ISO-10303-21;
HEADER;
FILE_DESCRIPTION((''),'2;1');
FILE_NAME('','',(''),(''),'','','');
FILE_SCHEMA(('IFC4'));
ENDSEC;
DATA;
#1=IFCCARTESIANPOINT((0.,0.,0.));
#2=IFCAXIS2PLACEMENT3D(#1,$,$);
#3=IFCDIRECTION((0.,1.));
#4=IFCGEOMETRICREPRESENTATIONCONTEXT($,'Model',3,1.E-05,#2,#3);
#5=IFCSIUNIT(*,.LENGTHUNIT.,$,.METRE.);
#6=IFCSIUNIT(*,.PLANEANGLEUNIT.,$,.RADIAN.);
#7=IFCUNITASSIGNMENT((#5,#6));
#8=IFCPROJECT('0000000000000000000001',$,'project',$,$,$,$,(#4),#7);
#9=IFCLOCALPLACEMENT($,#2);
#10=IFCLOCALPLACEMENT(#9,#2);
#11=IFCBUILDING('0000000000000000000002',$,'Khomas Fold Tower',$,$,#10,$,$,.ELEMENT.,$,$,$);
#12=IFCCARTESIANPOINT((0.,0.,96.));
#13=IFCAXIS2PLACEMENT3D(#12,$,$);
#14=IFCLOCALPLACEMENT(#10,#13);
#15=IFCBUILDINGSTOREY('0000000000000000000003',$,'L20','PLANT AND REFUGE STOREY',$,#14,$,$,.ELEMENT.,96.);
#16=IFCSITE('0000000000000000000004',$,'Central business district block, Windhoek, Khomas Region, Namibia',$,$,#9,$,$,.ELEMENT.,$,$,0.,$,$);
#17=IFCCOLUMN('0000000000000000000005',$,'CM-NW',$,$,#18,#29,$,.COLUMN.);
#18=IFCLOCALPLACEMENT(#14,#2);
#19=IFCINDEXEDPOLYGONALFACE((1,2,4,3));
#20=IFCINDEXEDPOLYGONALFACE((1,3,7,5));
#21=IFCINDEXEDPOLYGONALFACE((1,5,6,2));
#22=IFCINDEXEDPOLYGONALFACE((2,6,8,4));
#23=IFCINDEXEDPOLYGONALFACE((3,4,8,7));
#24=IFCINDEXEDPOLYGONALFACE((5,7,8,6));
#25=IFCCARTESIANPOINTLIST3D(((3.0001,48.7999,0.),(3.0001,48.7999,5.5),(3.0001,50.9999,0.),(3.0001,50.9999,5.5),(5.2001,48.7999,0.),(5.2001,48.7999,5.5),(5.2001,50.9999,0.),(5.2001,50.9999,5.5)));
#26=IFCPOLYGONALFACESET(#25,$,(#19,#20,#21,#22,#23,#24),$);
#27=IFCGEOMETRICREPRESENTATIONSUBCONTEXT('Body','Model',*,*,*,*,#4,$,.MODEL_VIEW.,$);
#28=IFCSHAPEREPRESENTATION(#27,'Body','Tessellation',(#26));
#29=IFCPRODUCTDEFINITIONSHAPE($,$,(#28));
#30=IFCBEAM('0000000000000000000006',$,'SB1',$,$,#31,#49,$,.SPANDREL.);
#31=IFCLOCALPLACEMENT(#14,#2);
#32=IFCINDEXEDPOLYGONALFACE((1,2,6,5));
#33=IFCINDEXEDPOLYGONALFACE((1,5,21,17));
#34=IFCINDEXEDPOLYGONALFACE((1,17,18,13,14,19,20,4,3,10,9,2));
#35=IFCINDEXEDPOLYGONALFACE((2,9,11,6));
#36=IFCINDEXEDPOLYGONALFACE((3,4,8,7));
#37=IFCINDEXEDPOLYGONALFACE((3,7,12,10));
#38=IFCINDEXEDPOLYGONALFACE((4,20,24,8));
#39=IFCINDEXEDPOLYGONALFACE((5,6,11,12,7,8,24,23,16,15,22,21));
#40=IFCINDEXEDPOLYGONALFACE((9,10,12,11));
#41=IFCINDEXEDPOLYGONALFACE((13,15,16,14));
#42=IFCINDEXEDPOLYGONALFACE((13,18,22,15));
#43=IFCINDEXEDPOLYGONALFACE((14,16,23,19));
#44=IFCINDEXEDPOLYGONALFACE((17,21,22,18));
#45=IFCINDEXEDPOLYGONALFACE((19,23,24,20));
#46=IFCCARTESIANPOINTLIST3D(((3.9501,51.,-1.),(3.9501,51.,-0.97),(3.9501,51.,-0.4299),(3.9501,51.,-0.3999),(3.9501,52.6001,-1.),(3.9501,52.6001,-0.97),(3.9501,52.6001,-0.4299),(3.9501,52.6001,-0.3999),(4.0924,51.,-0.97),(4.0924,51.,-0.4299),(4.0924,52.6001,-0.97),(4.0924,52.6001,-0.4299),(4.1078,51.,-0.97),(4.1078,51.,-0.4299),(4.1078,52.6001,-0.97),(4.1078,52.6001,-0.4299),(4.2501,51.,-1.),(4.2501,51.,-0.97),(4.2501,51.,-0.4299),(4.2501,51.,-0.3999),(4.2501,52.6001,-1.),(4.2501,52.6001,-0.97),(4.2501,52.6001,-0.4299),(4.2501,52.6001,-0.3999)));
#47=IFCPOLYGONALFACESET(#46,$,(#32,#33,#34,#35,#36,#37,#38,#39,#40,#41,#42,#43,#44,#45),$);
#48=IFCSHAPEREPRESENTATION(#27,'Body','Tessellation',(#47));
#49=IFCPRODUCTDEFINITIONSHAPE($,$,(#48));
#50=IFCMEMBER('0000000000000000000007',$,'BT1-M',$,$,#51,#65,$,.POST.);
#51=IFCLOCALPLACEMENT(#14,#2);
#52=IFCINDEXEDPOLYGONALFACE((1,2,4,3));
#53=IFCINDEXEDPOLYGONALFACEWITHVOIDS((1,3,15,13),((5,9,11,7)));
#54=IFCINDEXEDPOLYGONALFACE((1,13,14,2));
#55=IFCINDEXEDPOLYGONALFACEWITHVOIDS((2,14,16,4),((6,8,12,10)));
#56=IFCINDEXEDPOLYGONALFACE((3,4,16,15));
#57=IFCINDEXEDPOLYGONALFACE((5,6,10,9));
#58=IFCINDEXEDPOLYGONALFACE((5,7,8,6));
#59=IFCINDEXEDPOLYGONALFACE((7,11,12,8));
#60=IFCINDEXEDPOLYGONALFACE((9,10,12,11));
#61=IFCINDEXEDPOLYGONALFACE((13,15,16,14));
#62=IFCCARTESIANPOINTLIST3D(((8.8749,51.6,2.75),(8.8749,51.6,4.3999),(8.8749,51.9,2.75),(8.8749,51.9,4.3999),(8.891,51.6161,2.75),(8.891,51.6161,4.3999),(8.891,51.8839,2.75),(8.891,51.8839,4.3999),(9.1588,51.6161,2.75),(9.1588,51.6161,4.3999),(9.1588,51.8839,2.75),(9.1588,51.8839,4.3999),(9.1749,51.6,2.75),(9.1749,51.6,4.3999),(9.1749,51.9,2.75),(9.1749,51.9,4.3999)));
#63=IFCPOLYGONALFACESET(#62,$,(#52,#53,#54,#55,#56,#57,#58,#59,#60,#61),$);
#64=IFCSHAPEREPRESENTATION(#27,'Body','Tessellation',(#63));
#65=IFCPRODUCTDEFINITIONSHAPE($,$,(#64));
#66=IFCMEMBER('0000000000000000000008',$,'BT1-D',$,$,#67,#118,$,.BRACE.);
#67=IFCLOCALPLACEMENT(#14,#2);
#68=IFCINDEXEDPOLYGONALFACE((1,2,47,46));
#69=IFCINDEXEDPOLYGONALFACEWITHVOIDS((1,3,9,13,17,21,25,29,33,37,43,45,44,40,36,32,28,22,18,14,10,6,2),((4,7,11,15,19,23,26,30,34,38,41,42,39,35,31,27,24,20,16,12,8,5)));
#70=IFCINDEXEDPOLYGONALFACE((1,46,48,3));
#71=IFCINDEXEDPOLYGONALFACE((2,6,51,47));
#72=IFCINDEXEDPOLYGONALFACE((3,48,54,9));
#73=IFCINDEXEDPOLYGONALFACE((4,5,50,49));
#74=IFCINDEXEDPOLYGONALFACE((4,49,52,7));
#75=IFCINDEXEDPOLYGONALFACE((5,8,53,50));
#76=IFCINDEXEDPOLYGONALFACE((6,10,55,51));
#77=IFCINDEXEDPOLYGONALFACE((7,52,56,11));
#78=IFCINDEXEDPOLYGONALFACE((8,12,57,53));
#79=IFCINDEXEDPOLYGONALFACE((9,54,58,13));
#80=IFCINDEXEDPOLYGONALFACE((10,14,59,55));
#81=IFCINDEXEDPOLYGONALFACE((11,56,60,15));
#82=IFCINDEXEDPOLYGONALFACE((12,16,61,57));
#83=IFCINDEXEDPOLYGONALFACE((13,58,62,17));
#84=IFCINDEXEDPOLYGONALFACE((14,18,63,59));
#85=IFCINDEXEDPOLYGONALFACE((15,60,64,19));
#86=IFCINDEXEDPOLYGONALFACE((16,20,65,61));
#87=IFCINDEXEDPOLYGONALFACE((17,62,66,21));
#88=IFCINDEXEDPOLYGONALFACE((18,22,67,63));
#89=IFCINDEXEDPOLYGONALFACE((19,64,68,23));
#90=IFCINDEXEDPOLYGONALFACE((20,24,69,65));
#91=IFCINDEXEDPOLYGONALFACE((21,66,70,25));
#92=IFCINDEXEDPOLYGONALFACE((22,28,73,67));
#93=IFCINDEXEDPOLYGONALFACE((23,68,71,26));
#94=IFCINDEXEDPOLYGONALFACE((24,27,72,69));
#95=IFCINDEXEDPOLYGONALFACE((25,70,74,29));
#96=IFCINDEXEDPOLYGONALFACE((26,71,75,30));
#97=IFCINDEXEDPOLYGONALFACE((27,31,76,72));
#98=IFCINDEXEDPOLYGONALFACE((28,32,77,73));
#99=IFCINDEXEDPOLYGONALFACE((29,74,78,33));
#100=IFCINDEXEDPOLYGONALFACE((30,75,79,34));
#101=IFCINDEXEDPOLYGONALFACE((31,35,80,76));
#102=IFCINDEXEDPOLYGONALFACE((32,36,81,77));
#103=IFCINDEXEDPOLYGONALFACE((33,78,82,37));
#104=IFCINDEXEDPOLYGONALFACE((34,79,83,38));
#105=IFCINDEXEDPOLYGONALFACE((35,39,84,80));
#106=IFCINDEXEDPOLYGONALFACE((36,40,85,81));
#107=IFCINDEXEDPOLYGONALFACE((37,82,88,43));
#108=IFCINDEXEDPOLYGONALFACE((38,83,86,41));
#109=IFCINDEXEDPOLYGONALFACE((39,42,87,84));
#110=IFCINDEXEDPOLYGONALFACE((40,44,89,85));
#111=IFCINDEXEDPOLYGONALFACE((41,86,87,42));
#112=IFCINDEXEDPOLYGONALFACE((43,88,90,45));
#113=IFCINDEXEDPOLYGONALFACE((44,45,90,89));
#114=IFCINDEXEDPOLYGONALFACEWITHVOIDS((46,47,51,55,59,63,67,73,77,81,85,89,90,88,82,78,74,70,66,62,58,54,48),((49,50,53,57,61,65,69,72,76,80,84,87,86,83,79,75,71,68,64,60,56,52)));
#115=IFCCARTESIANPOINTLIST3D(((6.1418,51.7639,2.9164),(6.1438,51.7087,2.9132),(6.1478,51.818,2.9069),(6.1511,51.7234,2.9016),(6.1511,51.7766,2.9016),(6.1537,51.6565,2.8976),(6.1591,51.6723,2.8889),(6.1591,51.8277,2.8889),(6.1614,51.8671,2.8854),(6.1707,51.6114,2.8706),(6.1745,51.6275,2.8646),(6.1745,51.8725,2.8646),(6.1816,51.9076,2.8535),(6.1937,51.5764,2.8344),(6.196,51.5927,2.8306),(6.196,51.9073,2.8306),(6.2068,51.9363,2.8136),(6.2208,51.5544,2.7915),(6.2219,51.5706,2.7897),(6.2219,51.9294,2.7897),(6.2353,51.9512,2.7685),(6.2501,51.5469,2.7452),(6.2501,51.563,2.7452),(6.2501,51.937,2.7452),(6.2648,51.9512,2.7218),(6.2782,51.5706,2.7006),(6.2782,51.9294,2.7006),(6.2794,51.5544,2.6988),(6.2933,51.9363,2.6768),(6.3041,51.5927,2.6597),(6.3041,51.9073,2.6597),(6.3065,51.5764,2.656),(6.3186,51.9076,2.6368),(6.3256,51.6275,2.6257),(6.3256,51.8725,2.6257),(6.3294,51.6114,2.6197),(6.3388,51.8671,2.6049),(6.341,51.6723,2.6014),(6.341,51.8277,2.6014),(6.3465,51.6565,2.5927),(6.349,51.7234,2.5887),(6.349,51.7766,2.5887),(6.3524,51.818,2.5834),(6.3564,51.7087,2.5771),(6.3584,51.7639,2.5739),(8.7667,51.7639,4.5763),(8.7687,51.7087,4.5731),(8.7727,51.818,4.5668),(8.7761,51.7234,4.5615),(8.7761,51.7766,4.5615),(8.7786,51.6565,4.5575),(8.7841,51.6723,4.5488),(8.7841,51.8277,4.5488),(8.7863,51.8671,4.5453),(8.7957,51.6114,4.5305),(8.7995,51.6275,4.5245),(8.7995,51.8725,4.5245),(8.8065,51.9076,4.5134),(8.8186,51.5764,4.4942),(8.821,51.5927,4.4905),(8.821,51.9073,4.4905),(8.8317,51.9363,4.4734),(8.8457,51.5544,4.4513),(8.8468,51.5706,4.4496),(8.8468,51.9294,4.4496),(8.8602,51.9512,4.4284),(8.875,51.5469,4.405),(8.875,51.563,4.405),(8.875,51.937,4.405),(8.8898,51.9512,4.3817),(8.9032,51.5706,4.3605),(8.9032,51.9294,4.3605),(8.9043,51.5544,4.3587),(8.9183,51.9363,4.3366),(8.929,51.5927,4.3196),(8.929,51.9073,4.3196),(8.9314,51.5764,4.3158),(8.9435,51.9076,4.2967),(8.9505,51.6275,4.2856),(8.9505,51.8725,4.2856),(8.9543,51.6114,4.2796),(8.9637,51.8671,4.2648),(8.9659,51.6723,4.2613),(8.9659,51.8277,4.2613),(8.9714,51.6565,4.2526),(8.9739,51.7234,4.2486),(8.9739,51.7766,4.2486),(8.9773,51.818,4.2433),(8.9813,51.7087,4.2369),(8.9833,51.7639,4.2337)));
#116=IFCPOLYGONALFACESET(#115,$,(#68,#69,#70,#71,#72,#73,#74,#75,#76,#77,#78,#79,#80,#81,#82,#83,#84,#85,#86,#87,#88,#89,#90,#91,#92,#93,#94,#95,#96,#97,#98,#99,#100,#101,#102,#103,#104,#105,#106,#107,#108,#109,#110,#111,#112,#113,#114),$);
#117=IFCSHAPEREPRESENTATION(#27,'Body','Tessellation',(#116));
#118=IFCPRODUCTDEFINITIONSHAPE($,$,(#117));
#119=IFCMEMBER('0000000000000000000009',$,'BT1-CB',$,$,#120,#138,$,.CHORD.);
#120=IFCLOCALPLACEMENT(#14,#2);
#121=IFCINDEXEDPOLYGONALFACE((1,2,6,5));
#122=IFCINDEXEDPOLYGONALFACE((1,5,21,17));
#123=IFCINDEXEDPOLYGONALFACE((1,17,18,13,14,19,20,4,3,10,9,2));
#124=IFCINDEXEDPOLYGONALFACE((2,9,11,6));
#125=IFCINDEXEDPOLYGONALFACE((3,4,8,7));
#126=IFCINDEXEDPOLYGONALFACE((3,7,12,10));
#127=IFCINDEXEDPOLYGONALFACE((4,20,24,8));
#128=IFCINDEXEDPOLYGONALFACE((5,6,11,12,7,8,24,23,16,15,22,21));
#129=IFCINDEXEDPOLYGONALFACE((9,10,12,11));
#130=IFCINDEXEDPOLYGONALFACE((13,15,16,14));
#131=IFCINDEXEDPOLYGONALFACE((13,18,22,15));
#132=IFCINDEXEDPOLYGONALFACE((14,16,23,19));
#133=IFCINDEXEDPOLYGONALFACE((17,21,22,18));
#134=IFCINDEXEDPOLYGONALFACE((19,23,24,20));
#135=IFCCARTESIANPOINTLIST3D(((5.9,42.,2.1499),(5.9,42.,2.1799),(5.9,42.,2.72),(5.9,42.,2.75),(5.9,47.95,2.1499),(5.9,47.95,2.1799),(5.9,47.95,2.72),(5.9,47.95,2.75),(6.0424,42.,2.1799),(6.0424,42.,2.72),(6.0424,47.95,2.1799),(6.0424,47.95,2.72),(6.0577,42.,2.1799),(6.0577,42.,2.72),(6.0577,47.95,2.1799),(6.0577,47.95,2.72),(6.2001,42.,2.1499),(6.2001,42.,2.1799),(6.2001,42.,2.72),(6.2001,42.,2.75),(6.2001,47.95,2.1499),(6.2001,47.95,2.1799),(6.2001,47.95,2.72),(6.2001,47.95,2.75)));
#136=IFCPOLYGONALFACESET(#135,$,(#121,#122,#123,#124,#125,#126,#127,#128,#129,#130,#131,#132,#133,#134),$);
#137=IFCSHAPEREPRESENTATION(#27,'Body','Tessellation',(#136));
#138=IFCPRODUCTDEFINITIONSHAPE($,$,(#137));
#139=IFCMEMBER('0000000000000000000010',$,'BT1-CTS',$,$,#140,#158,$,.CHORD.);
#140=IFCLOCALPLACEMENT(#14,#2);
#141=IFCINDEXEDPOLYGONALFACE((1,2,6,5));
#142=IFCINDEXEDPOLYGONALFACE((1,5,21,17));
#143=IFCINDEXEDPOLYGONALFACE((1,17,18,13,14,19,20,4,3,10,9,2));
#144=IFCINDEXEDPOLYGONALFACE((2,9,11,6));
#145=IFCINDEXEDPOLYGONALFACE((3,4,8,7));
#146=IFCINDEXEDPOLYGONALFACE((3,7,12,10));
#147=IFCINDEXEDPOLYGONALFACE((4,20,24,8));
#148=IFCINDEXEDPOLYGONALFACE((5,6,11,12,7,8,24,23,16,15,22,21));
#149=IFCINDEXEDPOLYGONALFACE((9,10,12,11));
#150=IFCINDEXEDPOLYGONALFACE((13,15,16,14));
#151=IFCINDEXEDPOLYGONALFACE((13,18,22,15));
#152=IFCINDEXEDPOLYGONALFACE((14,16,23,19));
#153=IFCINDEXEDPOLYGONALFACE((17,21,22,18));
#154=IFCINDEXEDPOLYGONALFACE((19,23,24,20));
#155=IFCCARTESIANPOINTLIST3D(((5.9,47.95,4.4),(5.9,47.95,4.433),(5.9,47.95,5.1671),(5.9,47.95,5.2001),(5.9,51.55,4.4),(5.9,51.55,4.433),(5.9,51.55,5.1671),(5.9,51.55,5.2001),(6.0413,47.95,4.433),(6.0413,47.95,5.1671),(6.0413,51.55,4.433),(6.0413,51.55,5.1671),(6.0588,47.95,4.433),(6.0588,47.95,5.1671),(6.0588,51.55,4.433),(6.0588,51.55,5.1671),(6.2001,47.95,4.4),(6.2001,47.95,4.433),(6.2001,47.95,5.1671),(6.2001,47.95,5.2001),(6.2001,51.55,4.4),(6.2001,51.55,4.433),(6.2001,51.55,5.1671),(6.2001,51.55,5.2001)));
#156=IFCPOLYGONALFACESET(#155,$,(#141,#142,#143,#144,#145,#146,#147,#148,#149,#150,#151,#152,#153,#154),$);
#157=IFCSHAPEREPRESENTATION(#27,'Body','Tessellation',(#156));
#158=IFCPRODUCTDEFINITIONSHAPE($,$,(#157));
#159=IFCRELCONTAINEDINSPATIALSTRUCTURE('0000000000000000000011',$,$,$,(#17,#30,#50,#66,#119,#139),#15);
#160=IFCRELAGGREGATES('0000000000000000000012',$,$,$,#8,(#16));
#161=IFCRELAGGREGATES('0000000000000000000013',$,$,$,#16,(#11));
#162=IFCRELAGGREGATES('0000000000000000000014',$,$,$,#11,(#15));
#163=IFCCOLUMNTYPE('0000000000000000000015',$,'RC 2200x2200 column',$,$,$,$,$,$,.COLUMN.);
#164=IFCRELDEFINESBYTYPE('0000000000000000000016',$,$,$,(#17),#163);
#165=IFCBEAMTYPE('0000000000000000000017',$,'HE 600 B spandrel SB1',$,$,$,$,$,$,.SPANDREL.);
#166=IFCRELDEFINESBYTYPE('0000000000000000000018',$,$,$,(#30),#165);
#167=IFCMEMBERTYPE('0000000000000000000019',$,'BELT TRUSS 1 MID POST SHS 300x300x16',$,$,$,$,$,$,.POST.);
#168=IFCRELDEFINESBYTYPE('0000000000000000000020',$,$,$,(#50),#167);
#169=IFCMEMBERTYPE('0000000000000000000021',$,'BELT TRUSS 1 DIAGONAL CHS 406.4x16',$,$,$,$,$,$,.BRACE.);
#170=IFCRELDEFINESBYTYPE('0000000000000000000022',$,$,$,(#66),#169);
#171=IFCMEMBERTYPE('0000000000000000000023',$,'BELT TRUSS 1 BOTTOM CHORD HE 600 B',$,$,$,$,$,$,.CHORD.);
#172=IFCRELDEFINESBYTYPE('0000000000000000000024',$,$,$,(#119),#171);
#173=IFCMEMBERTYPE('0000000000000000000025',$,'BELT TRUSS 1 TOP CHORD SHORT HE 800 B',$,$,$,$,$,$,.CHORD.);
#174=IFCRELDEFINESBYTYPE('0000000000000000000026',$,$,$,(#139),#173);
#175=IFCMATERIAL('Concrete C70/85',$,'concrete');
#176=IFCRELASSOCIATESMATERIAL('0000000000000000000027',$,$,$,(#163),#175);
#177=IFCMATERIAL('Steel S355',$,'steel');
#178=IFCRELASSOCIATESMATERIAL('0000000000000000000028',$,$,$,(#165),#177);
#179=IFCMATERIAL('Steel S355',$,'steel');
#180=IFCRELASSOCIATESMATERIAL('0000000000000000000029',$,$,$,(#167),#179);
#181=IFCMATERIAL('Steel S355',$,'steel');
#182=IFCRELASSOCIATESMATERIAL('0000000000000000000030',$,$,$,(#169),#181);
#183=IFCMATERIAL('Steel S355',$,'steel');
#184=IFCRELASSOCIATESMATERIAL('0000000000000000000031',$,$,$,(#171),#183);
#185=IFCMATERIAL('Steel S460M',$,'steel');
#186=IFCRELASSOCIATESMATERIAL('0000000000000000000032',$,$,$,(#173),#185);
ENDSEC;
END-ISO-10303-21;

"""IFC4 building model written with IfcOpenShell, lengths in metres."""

from ifc_helpers import new_model, si_unit, direction, frame, origin, origin_2d, place, context, subcontext, project, spatial, rectangle, hollow_rectangle, hollow_circle, i_section, extrude, source, transform, mapped, material, material_profile, profile_set, type_object, element, save


model = new_model("IFC4")

# Units and contexts
model_context = context("Model", 3, precision=1e-05, world=origin(), true_north=direction((0.0, 1.0)))
body_context = subcontext(model_context, "Body", "Model", "MODEL_VIEW")
ifc_project = project(units=[si_unit("LENGTHUNIT", "METRE"), si_unit("PLANEANGLEUNIT", "RADIAN")], contexts=[model_context])

# Site, building, storey
site_placement = place(None, origin())
site = spatial("IfcSite", under=ifc_project, at=site_placement, Name="Central business district block, Windhoek, Khomas Region, Namibia", CompositionType="ELEMENT", RefElevation=0.0)
building_placement = place(site_placement, origin())
building = spatial("IfcBuilding", under=site, at=building_placement, Name="Khomas Fold Tower", CompositionType="ELEMENT")
storey_placement = place(building_placement, frame((0.0, 0.0, 96.0)))
storey = spatial("IfcBuildingStorey", under=building, at=storey_placement, Name="L20", Description="PLANT AND REFUGE STOREY", CompositionType="ELEMENT", Elevation=96.0)

# Column
ifc_material_1 = material(Name="Concrete C70/85", Category="concrete")
ifc_material_profile_1 = material_profile(ifc_material_1, rectangle(XDim=2.2, YDim=2.2, at=origin_2d()), Name="RC 2200x2200")
ifc_profile_set_1 = profile_set([ifc_material_profile_1], Name="Concrete C70/85")
column_type = type_object("IfcColumnType", Name="RC 2200x2200 column", PredefinedType="COLUMN", material=ifc_profile_set_1)
shared_shape_1 = source(origin(), body_context, "Body", "SweptSolid", [
    extrude(rectangle(XDim=2.2, YDim=2.2, at=origin_2d()), origin(), (0.0, 0.0, 1.0), 5.5),
])
column_placement = place(storey_placement, frame((4.1001, 49.8999, 0.0), z_axis=(0.0, 0.0, 1.0), x_axis=(1.0, 0.0, 0.0)))
element("IfcColumn", 1, at=column_placement, inside=storey, type_object=column_type, Name="CM-NW", PredefinedType="COLUMN", context=body_context, shape_type="MappedRepresentation", body=[
    mapped(shared_shape_1, transform((0.0, 0.0, 0.0))),
])

# Beam
ifc_material_2 = material(Name="Steel S355", Category="steel")
ifc_material_profile_2 = material_profile(ifc_material_2, i_section(OverallWidth=0.3, OverallDepth=0.6001, WebThickness=0.0154, FlangeThickness=0.03, at=origin_2d()), Name="HE 600 B")
ifc_profile_set_2 = profile_set([ifc_material_profile_2], Name="Steel S355")
beam_type_1 = type_object("IfcBeamType", Name="HE 600 B spandrel SB1", PredefinedType="SPANDREL", material=ifc_profile_set_2)
shared_shape_2 = source(origin(), body_context, "Body", "SweptSolid", [
    extrude(i_section(OverallWidth=0.3, OverallDepth=0.6001, WebThickness=0.0154, FlangeThickness=0.03, at=origin_2d()), origin(), (0.0, 0.0, 1.0), 1.6001),
])
beam_1_placement = place(storey_placement, frame((4.1001, 51.0, -0.7), z_axis=(0.0, 1.0, 0.0), x_axis=(-1.0, 0.0, 0.0)))
element("IfcBeam", 2, at=beam_1_placement, inside=storey, type_object=beam_type_1, Name="SB1", PredefinedType="SPANDREL", context=body_context, shape_type="MappedRepresentation", body=[
    mapped(shared_shape_2, transform((0.0, 0.0, 0.0))),
])

# Members
ifc_material_3 = material(Name="Steel S355", Category="steel")
ifc_material_profile_3 = material_profile(ifc_material_3, hollow_rectangle(XDim=0.3, YDim=0.3, WallThickness=0.0161, at=origin_2d()), Name="SHS 300x300x16")
ifc_profile_set_3 = profile_set([ifc_material_profile_3], Name="Steel S355")
member_type_1 = type_object("IfcMemberType", Name="BELT TRUSS 1 MID POST SHS 300x300x16", PredefinedType="POST", material=ifc_profile_set_3)
shared_shape_3 = source(origin(), body_context, "Body", "SweptSolid", [
    extrude(hollow_rectangle(XDim=0.3, YDim=0.3, WallThickness=0.0161, at=origin_2d()), origin(), (0.0, 0.0, 1.0), 1.6499),
])
member_1_placement = place(storey_placement, frame((9.0249, 51.75, 2.75), z_axis=(0.0, 0.0, 1.0), x_axis=(1.0, 0.0, 0.0)))
element("IfcMember", 3, at=member_1_placement, inside=storey, type_object=member_type_1, Name="BT1-M", PredefinedType="POST", context=body_context, shape_type="MappedRepresentation", body=[
    mapped(shared_shape_3, transform((0.0, 0.0, 0.0))),
])
ifc_material_4 = material(Name="Steel S355", Category="steel")
ifc_material_profile_4 = material_profile(ifc_material_4, hollow_circle(Radius=0.2031, WallThickness=0.0161, at=origin_2d()), Name="CHS 406.4x16")
ifc_profile_set_4 = profile_set([ifc_material_profile_4], Name="Steel S355")
member_type_2 = type_object("IfcMemberType", Name="BELT TRUSS 1 DIAGONAL CHS 406.4x16", PredefinedType="BRACE", material=ifc_profile_set_4)
shared_shape_4 = source(origin(), body_context, "Body", "SweptSolid", [
    extrude(hollow_circle(Radius=0.2031, WallThickness=0.0161, at=origin_2d()), origin(), (0.0, 0.0, 1.0), 3.1057),
])
member_2_placement = place(storey_placement, frame((8.875, 51.75, 4.405), z_axis=(-0.845196, 0.0, -0.534457), x_axis=(0.0, -1.0, 0.0)))
element("IfcMember", 4, at=member_2_placement, inside=storey, type_object=member_type_2, Name="BT1-D", PredefinedType="BRACE", context=body_context, shape_type="MappedRepresentation", body=[
    mapped(shared_shape_4, transform((0.0, 0.0, 0.0))),
])
ifc_material_5 = material(Name="Steel S355", Category="steel")
ifc_material_profile_5 = material_profile(ifc_material_5, i_section(OverallWidth=0.3, OverallDepth=0.6001, WebThickness=0.0154, FlangeThickness=0.03, at=origin_2d()), Name="HE 600 B")
ifc_profile_set_5 = profile_set([ifc_material_profile_5], Name="Steel S355")
member_type_3 = type_object("IfcMemberType", Name="BELT TRUSS 1 BOTTOM CHORD HE 600 B", PredefinedType="CHORD", material=ifc_profile_set_5)
shared_shape_5 = source(origin(), body_context, "Body", "SweptSolid", [
    extrude(i_section(OverallWidth=0.3, OverallDepth=0.6001, WebThickness=0.0154, FlangeThickness=0.03, at=origin_2d()), origin(), (0.0, 0.0, 1.0), 5.95),
])
member_3_placement = place(storey_placement, frame((6.05, 47.95, 2.45), z_axis=(0.0, -1.0, 0.0), x_axis=(1.0, 0.0, 0.0)))
element("IfcMember", 5, at=member_3_placement, inside=storey, type_object=member_type_3, Name="BT1-CB", PredefinedType="CHORD", context=body_context, shape_type="MappedRepresentation", body=[
    mapped(shared_shape_5, transform((0.0, 0.0, 0.0))),
])
ifc_material_6 = material(Name="Steel S460M", Category="steel")
ifc_material_profile_6 = material_profile(ifc_material_6, i_section(OverallWidth=0.3, OverallDepth=0.8, WebThickness=0.0176, FlangeThickness=0.033, at=origin_2d()), Name="HE 800 B")
ifc_profile_set_6 = profile_set([ifc_material_profile_6], Name="Steel S460M")
member_type_4 = type_object("IfcMemberType", Name="BELT TRUSS 1 TOP CHORD SHORT HE 800 B", PredefinedType="CHORD", material=ifc_profile_set_6)
shared_shape_6 = source(origin(), body_context, "Body", "SweptSolid", [
    extrude(i_section(OverallWidth=0.3, OverallDepth=0.8, WebThickness=0.0176, FlangeThickness=0.033, at=origin_2d()), origin(), (0.0, 0.0, 1.0), 3.6001),
])
member_4_placement = place(storey_placement, frame((6.05, 51.55, 4.8), z_axis=(0.0, -1.0, 0.0), x_axis=(1.0, 0.0, 0.0)))
element("IfcMember", 6, at=member_4_placement, inside=storey, type_object=member_type_4, Name="BT1-CTS", PredefinedType="CHORD", context=body_context, shape_type="MappedRepresentation", body=[
    mapped(shared_shape_6, transform((0.0, 0.0, 0.0))),
])

save(model, "model.ifc")
